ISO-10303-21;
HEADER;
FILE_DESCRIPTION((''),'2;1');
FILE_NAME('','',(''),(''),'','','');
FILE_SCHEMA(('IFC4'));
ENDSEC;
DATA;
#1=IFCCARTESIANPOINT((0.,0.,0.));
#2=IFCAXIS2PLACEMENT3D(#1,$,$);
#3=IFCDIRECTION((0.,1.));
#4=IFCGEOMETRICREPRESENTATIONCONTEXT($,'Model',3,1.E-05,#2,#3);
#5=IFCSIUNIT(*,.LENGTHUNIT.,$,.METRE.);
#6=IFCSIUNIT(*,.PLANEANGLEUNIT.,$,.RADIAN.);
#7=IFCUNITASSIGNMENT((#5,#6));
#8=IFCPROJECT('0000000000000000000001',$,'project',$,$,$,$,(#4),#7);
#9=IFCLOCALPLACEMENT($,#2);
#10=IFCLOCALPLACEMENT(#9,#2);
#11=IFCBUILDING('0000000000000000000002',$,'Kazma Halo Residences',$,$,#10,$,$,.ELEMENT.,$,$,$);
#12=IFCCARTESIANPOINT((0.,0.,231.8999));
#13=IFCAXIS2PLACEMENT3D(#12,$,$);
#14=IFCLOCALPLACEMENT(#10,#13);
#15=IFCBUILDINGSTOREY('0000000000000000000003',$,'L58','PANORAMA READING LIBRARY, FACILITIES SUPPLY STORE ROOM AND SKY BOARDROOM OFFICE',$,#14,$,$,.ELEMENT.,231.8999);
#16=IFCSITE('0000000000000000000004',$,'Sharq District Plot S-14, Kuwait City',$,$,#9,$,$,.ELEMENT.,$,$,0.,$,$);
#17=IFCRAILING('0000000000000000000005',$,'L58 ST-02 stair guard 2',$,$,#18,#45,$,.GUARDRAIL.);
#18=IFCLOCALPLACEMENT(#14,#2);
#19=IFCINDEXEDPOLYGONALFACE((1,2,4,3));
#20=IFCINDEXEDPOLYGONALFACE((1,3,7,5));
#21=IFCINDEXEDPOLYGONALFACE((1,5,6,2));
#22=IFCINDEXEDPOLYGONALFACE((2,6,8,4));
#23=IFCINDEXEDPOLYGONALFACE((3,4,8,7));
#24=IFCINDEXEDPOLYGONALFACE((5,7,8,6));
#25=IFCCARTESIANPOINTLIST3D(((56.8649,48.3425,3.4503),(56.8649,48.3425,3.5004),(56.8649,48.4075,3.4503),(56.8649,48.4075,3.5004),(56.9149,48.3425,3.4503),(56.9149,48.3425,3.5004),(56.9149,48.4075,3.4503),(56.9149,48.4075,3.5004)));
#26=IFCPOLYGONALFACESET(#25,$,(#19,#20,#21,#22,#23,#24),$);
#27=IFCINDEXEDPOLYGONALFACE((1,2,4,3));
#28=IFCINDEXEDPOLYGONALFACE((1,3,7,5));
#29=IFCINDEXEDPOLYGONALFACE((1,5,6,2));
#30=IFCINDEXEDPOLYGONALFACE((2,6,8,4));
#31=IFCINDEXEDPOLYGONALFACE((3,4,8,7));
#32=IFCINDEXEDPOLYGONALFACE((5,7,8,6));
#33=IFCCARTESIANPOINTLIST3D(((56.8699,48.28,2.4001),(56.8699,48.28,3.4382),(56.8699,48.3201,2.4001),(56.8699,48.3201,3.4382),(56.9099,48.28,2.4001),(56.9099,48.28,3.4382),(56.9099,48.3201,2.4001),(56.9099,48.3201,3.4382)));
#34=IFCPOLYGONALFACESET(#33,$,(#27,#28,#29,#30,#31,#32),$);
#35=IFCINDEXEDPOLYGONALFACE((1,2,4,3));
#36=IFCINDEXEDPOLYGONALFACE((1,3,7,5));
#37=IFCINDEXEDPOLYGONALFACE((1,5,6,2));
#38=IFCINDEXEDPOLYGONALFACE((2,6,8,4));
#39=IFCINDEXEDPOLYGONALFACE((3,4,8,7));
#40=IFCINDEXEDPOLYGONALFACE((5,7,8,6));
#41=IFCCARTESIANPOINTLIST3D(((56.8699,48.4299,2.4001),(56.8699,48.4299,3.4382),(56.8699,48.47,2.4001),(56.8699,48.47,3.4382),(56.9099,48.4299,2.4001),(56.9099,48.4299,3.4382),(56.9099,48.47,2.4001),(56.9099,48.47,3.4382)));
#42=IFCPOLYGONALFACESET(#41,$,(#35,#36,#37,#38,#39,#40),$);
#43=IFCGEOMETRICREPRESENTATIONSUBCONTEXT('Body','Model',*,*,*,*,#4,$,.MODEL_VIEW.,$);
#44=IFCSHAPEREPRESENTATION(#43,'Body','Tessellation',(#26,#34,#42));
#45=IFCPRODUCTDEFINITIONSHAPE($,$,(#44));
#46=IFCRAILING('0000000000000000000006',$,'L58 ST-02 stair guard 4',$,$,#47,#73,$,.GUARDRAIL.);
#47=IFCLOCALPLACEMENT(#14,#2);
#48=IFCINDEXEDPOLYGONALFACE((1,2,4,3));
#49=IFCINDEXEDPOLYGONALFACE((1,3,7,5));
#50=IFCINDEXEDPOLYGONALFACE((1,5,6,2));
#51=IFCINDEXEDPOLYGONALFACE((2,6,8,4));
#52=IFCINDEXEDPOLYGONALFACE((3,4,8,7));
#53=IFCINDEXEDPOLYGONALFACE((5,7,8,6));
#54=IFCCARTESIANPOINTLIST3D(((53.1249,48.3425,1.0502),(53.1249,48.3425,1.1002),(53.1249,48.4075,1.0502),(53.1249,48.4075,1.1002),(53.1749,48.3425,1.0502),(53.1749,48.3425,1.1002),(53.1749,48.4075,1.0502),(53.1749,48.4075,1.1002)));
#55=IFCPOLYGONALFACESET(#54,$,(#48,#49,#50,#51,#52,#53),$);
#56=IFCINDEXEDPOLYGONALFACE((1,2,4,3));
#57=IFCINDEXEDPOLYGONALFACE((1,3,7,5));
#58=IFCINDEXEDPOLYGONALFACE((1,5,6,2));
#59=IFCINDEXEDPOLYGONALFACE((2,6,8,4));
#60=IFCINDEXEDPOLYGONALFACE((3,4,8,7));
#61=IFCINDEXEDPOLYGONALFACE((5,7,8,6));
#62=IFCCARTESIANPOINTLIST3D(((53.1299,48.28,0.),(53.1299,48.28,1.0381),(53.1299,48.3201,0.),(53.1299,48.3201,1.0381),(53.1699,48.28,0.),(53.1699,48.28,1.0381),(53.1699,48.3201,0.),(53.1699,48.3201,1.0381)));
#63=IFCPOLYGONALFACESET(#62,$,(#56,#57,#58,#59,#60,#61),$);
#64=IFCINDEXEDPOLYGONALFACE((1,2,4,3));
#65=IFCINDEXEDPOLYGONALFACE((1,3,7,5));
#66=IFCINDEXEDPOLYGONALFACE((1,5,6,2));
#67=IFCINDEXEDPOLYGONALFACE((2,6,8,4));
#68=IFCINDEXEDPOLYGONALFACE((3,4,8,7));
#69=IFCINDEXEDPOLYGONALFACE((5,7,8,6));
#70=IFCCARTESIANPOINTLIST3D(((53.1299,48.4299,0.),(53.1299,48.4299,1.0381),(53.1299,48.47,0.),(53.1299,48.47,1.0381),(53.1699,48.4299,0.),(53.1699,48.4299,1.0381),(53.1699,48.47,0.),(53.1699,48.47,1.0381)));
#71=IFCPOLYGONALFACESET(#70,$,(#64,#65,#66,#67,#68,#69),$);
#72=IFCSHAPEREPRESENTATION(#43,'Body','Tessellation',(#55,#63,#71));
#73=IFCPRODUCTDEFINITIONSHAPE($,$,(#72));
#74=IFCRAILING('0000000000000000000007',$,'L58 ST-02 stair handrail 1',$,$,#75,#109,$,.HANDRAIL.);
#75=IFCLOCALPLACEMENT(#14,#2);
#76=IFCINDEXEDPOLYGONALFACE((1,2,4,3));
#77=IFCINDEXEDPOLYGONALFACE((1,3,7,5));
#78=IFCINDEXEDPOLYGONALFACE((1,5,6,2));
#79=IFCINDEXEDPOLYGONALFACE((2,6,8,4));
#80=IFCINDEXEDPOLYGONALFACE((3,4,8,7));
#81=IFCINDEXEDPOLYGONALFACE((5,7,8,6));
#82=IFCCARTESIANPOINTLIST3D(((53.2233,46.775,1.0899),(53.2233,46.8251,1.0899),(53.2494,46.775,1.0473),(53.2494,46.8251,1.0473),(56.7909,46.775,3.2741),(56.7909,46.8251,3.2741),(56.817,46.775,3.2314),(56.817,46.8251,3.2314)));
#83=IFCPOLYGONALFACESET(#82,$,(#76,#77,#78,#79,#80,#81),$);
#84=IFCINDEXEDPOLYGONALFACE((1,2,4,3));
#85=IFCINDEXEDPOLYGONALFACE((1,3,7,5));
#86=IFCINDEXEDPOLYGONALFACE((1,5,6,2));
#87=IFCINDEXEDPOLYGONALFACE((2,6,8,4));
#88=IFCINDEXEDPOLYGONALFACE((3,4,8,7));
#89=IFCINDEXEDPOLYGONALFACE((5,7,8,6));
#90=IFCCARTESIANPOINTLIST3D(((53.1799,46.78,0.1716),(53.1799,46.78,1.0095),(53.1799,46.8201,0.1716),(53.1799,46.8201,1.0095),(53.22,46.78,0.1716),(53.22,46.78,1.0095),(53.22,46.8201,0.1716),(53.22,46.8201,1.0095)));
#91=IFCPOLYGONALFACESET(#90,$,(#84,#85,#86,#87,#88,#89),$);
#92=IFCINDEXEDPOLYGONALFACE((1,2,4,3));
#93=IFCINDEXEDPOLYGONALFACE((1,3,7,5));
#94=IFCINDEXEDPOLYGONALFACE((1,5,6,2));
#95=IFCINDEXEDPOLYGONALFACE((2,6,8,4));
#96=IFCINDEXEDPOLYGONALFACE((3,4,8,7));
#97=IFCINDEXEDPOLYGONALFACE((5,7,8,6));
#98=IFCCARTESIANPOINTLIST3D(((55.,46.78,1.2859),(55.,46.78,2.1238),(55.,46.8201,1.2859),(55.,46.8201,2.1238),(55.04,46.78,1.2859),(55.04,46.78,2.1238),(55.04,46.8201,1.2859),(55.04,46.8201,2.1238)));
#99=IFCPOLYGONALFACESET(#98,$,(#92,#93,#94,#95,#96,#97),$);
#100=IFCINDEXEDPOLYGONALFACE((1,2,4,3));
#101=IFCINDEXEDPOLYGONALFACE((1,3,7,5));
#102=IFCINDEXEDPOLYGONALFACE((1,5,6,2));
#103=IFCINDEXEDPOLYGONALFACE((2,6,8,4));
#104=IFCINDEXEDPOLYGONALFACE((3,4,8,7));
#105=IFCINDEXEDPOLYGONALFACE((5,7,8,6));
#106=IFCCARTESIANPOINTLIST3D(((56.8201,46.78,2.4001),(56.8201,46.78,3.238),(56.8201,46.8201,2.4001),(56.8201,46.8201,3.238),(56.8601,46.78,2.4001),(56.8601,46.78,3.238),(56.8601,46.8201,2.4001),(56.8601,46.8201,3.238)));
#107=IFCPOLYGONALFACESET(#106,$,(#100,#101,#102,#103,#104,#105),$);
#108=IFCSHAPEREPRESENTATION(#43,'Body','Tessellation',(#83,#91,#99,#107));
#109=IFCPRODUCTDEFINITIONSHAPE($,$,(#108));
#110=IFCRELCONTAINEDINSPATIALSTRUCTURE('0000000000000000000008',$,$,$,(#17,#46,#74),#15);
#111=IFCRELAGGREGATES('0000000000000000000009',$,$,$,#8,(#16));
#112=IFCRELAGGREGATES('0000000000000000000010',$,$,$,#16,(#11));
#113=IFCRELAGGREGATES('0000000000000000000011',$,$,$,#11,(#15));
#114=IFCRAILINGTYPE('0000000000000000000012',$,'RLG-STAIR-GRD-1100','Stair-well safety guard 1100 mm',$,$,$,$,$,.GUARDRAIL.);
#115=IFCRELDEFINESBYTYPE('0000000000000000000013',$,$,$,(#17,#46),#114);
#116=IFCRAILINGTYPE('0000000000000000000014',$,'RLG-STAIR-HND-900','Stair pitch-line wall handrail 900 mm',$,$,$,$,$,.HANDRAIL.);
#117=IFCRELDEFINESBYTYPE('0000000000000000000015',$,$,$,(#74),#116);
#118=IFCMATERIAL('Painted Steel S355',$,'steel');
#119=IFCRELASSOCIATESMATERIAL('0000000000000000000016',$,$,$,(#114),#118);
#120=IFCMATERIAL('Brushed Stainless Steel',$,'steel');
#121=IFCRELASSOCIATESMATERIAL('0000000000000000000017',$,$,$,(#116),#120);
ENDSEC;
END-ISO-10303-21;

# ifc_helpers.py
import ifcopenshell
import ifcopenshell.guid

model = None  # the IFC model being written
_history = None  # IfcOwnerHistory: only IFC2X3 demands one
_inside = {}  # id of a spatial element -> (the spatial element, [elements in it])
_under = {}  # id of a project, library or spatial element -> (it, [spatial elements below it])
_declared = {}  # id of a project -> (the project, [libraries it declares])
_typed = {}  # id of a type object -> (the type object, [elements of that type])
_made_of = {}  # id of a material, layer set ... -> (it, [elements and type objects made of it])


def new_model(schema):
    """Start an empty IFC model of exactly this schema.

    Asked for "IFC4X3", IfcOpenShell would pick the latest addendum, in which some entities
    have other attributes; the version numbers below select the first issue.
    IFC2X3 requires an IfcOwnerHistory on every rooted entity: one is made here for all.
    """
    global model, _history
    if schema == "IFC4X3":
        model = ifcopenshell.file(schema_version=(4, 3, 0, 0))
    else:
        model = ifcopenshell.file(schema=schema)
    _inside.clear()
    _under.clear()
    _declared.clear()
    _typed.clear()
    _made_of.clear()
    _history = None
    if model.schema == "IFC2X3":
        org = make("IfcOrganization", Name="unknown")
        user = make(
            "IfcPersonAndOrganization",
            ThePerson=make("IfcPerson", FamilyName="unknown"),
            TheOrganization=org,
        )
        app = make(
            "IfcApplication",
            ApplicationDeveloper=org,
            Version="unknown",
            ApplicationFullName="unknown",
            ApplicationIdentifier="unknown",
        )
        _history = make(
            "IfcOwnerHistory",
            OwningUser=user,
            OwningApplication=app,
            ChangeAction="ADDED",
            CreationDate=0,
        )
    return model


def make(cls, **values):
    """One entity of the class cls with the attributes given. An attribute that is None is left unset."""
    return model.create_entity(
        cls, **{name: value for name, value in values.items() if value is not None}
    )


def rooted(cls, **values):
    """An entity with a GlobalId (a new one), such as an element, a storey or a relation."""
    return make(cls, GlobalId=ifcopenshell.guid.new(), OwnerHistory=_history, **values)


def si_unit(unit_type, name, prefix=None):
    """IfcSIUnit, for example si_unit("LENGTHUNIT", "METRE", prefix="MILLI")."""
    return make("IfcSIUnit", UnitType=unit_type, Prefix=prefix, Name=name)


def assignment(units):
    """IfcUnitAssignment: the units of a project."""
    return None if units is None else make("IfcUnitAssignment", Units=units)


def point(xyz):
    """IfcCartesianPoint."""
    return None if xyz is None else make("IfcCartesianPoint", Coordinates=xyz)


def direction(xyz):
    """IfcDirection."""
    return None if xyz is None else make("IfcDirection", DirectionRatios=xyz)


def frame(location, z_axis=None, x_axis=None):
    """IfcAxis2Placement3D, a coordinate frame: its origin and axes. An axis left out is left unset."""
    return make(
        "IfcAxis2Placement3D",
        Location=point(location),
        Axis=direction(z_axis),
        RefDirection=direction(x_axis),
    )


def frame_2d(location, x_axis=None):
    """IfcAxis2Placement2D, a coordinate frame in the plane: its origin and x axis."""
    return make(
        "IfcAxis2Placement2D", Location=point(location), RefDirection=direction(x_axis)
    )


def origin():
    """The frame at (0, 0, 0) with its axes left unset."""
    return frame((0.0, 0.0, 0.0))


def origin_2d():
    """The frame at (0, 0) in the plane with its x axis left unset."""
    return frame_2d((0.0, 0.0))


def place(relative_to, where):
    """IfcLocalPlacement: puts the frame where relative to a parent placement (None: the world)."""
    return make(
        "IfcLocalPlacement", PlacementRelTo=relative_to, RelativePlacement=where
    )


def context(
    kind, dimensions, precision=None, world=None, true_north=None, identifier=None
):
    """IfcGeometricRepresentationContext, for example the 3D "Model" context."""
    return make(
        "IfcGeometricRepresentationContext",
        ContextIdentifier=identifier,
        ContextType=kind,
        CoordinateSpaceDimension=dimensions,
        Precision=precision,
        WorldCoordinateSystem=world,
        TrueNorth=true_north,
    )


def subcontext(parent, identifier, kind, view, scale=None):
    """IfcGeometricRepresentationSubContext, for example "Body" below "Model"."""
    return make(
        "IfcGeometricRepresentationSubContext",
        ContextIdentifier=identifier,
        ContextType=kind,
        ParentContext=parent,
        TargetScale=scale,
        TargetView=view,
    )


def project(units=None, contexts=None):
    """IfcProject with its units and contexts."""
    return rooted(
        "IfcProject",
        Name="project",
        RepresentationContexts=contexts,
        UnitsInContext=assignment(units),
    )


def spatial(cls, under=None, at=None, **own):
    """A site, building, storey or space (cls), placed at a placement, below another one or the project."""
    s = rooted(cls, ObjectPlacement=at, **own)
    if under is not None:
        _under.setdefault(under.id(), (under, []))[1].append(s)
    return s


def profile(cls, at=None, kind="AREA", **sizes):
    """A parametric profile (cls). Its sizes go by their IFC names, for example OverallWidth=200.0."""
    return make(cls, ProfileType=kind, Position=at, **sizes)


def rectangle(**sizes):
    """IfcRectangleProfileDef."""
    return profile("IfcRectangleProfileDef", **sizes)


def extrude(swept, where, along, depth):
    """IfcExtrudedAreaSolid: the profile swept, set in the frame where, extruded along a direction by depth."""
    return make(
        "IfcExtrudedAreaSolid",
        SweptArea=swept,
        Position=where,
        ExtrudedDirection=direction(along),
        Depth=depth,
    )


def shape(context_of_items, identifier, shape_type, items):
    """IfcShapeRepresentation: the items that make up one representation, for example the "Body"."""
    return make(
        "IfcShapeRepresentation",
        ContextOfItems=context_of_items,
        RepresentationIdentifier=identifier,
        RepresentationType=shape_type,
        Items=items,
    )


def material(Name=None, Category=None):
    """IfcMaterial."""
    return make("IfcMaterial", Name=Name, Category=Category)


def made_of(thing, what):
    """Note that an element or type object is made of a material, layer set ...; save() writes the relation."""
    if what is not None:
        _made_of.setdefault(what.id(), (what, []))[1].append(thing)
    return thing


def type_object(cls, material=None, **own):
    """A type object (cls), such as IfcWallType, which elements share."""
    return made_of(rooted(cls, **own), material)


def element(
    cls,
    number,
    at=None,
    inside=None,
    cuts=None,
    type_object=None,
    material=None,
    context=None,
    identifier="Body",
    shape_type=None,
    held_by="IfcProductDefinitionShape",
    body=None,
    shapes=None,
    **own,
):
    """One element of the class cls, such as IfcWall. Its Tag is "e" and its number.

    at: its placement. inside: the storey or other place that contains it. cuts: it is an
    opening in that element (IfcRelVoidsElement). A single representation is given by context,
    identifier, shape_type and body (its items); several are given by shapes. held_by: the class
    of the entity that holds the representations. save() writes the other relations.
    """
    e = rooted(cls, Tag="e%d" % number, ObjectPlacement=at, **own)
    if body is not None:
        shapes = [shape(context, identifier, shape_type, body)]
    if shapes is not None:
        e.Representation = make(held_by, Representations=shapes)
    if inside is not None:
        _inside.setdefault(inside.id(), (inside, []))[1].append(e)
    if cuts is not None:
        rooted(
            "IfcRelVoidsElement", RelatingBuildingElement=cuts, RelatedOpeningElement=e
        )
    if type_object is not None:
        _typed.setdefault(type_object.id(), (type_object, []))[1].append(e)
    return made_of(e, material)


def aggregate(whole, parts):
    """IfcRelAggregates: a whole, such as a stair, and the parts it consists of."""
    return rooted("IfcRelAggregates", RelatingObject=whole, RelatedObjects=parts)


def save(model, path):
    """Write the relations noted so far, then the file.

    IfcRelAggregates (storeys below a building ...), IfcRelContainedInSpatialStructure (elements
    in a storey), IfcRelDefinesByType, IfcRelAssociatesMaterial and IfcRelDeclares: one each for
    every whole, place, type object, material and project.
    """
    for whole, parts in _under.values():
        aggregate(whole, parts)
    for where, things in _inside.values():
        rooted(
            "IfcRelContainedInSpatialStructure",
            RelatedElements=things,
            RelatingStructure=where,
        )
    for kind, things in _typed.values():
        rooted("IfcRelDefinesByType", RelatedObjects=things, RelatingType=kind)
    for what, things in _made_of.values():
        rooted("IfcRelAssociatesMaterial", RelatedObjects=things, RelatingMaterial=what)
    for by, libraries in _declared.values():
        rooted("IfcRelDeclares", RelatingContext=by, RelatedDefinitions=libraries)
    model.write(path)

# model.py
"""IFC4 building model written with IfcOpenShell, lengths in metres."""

from ifc_helpers import new_model, si_unit, direction, frame, origin, origin_2d, place, context, subcontext, project, spatial, rectangle, extrude, material, type_object, element, save


model = new_model("IFC4")

# Units and contexts
model_context = context("Model", 3, precision=1e-05, world=origin(), true_north=direction((0.0, 1.0)))
body_context = subcontext(model_context, "Body", "Model", "MODEL_VIEW")
ifc_project = project(units=[si_unit("LENGTHUNIT", "METRE"), si_unit("PLANEANGLEUNIT", "RADIAN")], contexts=[model_context])

# Site, building, storey
site_placement = place(None, origin())
site = spatial("IfcSite", under=ifc_project, at=site_placement, Name="Sharq District Plot S-14, Kuwait City", CompositionType="ELEMENT", RefElevation=0.0)
building_placement = place(site_placement, origin())
building = spatial("IfcBuilding", under=site, at=building_placement, Name="Kazma Halo Residences", CompositionType="ELEMENT")
storey_placement = place(building_placement, frame((0.0, 0.0, 231.8999)))
storey = spatial("IfcBuildingStorey", under=building, at=storey_placement, Name="L58", Description="PANORAMA READING LIBRARY, FACILITIES SUPPLY STORE ROOM AND SKY BOARDROOM OFFICE", CompositionType="ELEMENT", Elevation=231.8999)

# Railings
ifc_material_1 = material(Name="Painted Steel S355", Category="steel")
railing_type_1 = type_object("IfcRailingType", Name="RLG-STAIR-GRD-1100", Description="Stair-well safety guard 1100 mm", PredefinedType="GUARDRAIL", material=ifc_material_1)
for number, where, name in (
    (1, (56.8899, 48.3, 2.4001), "L58 ST-02 stair guard 2"),
    (2, (53.1499, 48.3, 0.0), "L58 ST-02 stair guard 4"),
):
    element("IfcRailing", number, at=place(storey_placement, frame(where)), inside=storey, type_object=railing_type_1, Name=name, PredefinedType="GUARDRAIL", context=body_context, shape_type="SweptSolid", body=[
        extrude(rectangle(XDim=0.05, YDim=0.05, at=origin_2d()), frame((0.0, 0.0425, 1.0752), z_axis=(0.0, 1.0, 0.0), x_axis=(-1.0, 0.0, 0.0)), (0.0, 0.0, 1.0), 0.0649),
        extrude(rectangle(XDim=0.04, YDim=0.04, at=origin_2d()), origin(), (0.0, 0.0, 1.0), 1.0381),
        extrude(rectangle(XDim=0.04, YDim=0.04, at=origin_2d()), frame((0.0, 0.1499, 0.0)), (0.0, 0.0, 1.0), 1.0381),
    ])
ifc_material_2 = material(Name="Brushed Stainless Steel", Category="steel")
railing_type_2 = type_object("IfcRailingType", Name="RLG-STAIR-HND-900", Description="Stair pitch-line wall handrail 900 mm", PredefinedType="HANDRAIL", material=ifc_material_2)
railing_1_placement = place(storey_placement, frame((53.2, 46.8, 0.1716)))
element("IfcRailing", 3, at=railing_1_placement, inside=storey, type_object=railing_type_2, Name="L58 ST-02 stair handrail 1", PredefinedType="HANDRAIL", context=body_context, shape_type="SweptSolid", body=[
    extrude(rectangle(XDim=0.05, YDim=0.05, at=origin_2d()), frame((0.0364, 0.0, 0.897), z_axis=(0.852866, 0.0, 0.52213), x_axis=(0.0, 1.0, 0.0)), (0.0, 0.0, 1.0), 4.1831),
    extrude(rectangle(XDim=0.04, YDim=0.04, at=origin_2d()), origin(), (0.0, 0.0, 1.0), 0.8379),
    extrude(rectangle(XDim=0.04, YDim=0.04, at=origin_2d()), frame((1.8201, 0.0, 1.1143)), (0.0, 0.0, 1.0), 0.8379),
    extrude(rectangle(XDim=0.04, YDim=0.04, at=origin_2d()), frame((3.6401, 0.0, 2.2285)), (0.0, 0.0, 1.0), 0.8379),
])

save(model, "model.ifc")
